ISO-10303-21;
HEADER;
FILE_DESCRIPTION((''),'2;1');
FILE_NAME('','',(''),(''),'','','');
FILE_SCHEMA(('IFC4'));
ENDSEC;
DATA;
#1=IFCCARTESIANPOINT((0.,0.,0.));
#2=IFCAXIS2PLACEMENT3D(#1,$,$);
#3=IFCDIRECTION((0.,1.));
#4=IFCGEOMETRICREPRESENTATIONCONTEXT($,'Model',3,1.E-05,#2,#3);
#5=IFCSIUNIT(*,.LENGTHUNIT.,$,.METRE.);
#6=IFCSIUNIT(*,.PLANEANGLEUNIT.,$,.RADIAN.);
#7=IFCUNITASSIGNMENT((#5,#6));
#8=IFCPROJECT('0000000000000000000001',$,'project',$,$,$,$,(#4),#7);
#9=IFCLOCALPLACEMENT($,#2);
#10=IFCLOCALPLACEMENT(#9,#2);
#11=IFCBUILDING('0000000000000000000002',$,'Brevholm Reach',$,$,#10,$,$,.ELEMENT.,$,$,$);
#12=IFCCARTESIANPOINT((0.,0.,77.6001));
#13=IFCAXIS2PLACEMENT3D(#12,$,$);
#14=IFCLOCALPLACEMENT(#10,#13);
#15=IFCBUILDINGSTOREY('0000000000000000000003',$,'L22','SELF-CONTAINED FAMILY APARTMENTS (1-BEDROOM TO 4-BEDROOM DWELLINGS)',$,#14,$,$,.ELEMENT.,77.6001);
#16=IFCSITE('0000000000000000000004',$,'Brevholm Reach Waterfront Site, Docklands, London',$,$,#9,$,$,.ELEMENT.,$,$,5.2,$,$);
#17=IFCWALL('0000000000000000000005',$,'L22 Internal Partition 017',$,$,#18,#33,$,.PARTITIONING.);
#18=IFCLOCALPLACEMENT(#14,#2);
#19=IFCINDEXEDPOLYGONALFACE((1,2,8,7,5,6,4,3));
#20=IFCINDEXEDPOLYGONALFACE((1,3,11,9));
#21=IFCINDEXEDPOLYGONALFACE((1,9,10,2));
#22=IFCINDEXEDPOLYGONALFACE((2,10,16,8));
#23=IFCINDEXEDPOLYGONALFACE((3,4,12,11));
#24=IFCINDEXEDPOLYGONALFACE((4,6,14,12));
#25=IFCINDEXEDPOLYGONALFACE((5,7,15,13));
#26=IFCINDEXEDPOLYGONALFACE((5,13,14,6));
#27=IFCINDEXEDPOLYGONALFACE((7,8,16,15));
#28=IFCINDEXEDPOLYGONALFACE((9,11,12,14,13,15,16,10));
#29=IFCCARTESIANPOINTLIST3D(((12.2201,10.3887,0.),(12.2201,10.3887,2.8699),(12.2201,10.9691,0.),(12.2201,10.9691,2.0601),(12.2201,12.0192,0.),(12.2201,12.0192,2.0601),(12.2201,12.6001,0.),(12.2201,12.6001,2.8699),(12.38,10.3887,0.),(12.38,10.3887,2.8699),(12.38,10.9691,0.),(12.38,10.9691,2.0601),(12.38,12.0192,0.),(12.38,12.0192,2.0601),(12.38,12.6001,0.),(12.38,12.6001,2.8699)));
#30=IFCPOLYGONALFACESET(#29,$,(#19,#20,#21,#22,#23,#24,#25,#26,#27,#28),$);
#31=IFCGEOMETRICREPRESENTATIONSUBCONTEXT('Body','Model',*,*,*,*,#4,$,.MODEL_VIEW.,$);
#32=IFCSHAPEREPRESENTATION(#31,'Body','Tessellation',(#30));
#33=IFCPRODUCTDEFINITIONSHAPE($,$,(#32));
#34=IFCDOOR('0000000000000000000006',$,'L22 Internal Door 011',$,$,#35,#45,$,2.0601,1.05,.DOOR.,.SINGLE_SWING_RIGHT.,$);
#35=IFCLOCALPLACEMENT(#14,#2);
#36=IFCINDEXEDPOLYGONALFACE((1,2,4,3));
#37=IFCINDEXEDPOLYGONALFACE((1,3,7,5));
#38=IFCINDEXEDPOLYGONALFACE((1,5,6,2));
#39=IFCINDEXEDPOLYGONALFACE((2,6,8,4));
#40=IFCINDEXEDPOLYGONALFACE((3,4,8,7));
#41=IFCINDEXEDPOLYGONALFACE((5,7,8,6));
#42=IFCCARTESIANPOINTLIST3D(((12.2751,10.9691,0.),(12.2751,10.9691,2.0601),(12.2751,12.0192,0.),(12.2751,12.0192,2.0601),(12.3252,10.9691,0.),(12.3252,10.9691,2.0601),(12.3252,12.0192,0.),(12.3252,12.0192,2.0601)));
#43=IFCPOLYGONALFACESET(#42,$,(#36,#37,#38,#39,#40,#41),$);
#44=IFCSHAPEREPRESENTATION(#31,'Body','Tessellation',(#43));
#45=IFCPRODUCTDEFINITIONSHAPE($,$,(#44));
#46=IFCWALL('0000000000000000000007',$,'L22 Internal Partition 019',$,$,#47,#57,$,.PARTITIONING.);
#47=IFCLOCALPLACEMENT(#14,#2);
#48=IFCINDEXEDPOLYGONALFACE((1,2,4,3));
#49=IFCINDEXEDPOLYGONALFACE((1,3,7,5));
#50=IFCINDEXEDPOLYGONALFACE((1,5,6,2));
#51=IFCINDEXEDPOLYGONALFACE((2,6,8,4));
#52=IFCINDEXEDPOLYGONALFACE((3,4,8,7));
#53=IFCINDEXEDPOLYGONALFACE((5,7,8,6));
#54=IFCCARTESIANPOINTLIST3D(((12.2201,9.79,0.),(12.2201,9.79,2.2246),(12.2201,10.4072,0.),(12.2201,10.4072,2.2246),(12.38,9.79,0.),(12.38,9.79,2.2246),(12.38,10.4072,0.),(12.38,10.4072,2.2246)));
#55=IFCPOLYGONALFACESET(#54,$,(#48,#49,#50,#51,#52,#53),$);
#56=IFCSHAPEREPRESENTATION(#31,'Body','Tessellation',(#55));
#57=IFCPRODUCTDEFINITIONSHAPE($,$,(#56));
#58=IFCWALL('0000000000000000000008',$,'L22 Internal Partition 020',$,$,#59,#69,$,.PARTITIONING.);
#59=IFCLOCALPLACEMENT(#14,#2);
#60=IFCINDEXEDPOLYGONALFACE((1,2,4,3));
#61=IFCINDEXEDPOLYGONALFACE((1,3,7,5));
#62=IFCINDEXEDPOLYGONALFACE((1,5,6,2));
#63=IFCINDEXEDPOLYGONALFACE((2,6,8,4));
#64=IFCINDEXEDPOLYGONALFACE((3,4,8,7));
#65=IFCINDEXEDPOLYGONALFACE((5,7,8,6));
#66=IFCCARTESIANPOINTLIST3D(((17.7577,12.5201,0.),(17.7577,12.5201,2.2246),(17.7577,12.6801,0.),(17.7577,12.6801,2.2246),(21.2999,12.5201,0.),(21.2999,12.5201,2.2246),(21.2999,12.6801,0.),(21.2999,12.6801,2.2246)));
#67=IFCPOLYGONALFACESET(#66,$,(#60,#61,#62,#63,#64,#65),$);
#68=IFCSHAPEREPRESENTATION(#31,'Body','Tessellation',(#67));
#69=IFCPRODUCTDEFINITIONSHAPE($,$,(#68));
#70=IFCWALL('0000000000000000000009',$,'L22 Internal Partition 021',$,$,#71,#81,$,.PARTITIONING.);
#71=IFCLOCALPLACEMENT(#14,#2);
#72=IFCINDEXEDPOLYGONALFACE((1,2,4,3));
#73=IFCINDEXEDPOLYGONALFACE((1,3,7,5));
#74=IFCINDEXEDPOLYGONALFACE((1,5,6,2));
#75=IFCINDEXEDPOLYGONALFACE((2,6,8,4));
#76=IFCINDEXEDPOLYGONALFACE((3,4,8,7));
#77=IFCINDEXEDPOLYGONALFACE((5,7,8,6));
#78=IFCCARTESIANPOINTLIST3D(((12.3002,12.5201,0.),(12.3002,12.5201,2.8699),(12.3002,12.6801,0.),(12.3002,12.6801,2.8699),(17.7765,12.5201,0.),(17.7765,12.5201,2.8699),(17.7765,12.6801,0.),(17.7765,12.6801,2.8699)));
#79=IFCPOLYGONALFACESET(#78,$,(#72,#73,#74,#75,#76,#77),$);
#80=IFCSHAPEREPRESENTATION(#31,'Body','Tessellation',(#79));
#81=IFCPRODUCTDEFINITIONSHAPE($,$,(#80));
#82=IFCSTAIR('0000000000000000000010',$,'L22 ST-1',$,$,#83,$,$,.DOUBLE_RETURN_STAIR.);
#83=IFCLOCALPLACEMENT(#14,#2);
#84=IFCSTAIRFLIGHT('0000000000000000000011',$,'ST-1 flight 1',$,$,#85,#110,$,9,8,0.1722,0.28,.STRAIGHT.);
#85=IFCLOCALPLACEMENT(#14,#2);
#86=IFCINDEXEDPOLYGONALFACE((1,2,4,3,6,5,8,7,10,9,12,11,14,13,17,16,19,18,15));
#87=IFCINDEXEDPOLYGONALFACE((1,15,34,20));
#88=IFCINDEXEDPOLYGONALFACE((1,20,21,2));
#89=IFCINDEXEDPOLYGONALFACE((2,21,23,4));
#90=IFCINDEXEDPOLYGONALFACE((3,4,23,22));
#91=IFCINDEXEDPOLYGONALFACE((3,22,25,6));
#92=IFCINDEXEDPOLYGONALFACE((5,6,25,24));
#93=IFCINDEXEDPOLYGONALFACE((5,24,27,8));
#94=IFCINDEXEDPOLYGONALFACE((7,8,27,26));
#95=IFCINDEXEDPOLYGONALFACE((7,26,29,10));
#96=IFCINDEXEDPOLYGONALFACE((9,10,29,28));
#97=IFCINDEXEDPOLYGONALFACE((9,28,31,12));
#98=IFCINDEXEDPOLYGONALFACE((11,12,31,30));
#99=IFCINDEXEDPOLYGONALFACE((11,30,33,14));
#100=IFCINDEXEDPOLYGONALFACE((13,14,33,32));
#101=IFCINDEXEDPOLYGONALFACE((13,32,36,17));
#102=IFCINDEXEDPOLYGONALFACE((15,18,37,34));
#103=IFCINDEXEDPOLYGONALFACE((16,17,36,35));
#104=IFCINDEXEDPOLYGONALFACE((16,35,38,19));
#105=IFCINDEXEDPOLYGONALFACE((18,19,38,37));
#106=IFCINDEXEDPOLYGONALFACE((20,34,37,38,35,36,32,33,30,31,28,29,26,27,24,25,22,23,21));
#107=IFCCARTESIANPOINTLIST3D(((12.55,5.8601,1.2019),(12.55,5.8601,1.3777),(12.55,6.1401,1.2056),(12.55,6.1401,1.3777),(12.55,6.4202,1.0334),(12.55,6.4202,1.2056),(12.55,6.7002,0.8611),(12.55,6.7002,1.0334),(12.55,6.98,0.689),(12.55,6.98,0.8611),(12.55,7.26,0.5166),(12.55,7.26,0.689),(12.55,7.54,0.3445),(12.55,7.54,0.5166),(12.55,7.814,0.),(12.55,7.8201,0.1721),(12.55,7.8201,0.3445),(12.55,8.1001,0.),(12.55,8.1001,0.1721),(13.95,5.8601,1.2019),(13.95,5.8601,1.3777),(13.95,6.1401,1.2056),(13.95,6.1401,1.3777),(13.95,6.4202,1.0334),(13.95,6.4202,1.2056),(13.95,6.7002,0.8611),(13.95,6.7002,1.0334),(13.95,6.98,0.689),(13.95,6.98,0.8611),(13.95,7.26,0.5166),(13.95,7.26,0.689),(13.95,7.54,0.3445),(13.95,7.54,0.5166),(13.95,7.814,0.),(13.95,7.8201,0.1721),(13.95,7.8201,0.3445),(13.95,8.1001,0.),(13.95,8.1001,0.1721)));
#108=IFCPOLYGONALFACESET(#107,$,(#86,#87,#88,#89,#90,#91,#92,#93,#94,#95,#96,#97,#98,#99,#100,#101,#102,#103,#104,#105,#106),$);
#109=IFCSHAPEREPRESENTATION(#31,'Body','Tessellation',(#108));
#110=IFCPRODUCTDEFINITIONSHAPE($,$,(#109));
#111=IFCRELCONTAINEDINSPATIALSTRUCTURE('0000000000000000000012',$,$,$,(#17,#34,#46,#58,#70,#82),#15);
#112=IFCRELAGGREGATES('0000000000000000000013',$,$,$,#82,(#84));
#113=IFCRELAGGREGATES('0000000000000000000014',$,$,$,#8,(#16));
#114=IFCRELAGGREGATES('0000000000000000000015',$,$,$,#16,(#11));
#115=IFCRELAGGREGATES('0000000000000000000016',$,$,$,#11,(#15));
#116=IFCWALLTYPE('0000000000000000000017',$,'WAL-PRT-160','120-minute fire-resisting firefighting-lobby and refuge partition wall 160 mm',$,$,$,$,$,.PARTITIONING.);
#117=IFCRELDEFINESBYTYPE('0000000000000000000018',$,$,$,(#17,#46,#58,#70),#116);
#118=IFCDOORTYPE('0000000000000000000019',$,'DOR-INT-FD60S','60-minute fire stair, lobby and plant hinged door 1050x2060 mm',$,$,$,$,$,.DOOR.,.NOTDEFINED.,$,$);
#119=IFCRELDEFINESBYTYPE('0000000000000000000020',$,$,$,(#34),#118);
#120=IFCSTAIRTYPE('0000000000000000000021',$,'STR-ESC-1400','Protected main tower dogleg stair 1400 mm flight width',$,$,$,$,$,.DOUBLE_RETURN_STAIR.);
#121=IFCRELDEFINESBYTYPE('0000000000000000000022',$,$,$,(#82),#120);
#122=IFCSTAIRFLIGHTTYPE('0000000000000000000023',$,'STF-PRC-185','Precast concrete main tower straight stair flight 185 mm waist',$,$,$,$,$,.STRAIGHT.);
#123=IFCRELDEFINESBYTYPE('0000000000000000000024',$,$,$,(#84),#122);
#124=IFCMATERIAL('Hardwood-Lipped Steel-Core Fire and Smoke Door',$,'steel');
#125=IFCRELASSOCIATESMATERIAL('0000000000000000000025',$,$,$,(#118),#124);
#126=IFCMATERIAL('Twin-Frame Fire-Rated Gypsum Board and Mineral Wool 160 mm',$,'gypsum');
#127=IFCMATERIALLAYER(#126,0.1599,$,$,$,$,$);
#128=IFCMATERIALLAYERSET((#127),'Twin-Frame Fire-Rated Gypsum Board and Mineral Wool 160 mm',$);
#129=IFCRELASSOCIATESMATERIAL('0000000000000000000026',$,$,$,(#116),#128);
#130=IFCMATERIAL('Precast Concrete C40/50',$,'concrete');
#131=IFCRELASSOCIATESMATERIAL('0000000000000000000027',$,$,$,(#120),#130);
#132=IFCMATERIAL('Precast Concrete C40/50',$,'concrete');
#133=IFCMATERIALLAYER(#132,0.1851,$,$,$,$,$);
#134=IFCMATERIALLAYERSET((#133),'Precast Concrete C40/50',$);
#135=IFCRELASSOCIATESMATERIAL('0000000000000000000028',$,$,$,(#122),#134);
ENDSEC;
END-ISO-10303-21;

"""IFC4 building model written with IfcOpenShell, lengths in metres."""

from ifc_helpers import new_model, si_unit, direction, frame, frame_2d, origin, place, context, subcontext, project, spatial, polyline, rectangle, outline, extrude, material, layer, layer_set, type_object, element, fill, aggregate, save


model = new_model("IFC4")

# Units and contexts
model_context = context("Model", 3, precision=1e-05, world=origin(), true_north=direction((0.0, 1.0)))
body_context = subcontext(model_context, "Body", "Model", "MODEL_VIEW")
ifc_project = project(units=[si_unit("LENGTHUNIT", "METRE"), si_unit("PLANEANGLEUNIT", "RADIAN")], contexts=[model_context])

# Site, building, storey
site_placement = place(None, origin())
site = spatial("IfcSite", under=ifc_project, at=site_placement, Name="Brevholm Reach Waterfront Site, Docklands, London", CompositionType="ELEMENT", RefElevation=5.2)
building_placement = place(site_placement, origin())
building = spatial("IfcBuilding", under=site, at=building_placement, Name="Brevholm Reach", CompositionType="ELEMENT")
storey_placement = place(building_placement, frame((0.0, 0.0, 77.6001)))
storey = spatial("IfcBuildingStorey", under=building, at=storey_placement, Name="L22", Description="SELF-CONTAINED FAMILY APARTMENTS (1-BEDROOM TO 4-BEDROOM DWELLINGS)", CompositionType="ELEMENT", Elevation=77.6001)

# Shared definitions
ifc_material_1 = material(Name="Hardwood-Lipped Steel-Core Fire and Smoke Door", Category="steel")
door_type_1 = type_object("IfcDoorType", Name="DOR-INT-FD60S", Description="60-minute fire stair, lobby and plant hinged door 1050x2060 mm", OperationType="NOTDEFINED", PredefinedType="DOOR", material=ifc_material_1)

# Wall, opening, door
ifc_material_2 = material(Name="Twin-Frame Fire-Rated Gypsum Board and Mineral Wool 160 mm", Category="gypsum")
ifc_layer_1 = layer(ifc_material_2, 0.1599)
ifc_layer_set_1 = layer_set([ifc_layer_1], Name="Twin-Frame Fire-Rated Gypsum Board and Mineral Wool 160 mm")
wall_type_1 = type_object("IfcWallType", Name="WAL-PRT-160", Description="120-minute fire-resisting firefighting-lobby and refuge partition wall 160 mm", PredefinedType="PARTITIONING", material=ifc_layer_set_1)
wall_1_placement = place(storey_placement, frame((12.3, 10.3887, 0.0), z_axis=(0.0, 0.0, 1.0), x_axis=(0.0, 1.0, 0.0)))
wall_1 = element("IfcWall", 1, at=wall_1_placement, inside=storey, type_object=wall_type_1, Name="L22 Internal Partition 017", PredefinedType="PARTITIONING", context=body_context, shape_type="SweptSolid", body=[
    extrude(rectangle(XDim=2.2114, YDim=0.1599, at=frame_2d((1.1057, 0.0))), origin(), (0.0, 0.0, 1.0), 2.8699),
])
opening_1_placement = place(wall_1_placement, frame((0.5806, 0.0, 0.0)))
opening_1 = element("IfcOpeningElement", 2, at=opening_1_placement, cuts=wall_1, PredefinedType="OPENING", context=body_context, shape_type="SweptSolid", body=[
    extrude(rectangle(XDim=1.05, YDim=2.0601, at=frame_2d((0.5249, 1.03))), frame((0.0, 0.0898, 0.0), z_axis=(0.0, -1.0, 0.0), x_axis=(1.0, 0.0, 0.0)), (0.0, 0.0, 1.0), 0.1799),
])
door_1_placement = place(opening_1_placement, origin())
door_1 = element("IfcDoor", 3, at=door_1_placement, inside=storey, type_object=door_type_1, Name="L22 Internal Door 011", OperationType="SINGLE_SWING_RIGHT", OverallHeight=2.0601, OverallWidth=1.05, PredefinedType="DOOR", context=body_context, shape_type="SweptSolid", body=[
    extrude(rectangle(XDim=1.05, YDim=2.0601, at=frame_2d((0.5249, 1.03))), frame((0.0, 0.0249, 0.0), z_axis=(0.0, -1.0, 0.0), x_axis=(1.0, 0.0, 0.0)), (0.0, 0.0, 1.0), 0.05),
])
fill(opening_1, door_1)

# Walls
wall_2_placement = place(storey_placement, frame((12.3, 9.79, 0.0), z_axis=(0.0, 0.0, 1.0), x_axis=(0.0, 1.0, 0.0)))
element("IfcWall", 4, at=wall_2_placement, inside=storey, type_object=wall_type_1, Name="L22 Internal Partition 019", PredefinedType="PARTITIONING", context=body_context, shape_type="SweptSolid", body=[
    extrude(rectangle(XDim=0.6172, YDim=0.1599, at=frame_2d((0.3086, 0.0))), origin(), (0.0, 0.0, 1.0), 2.2246),
])
wall_3_placement = place(storey_placement, frame((17.7578, 12.6001, 0.0), z_axis=(0.0, 0.0, 1.0), x_axis=(1.0, 0.0, 0.0)))
element("IfcWall", 5, at=wall_3_placement, inside=storey, type_object=wall_type_1, Name="L22 Internal Partition 020", PredefinedType="PARTITIONING", context=body_context, shape_type="SweptSolid", body=[
    extrude(rectangle(XDim=3.5422, YDim=0.1599, at=frame_2d((1.771, 0.0))), origin(), (0.0, 0.0, 1.0), 2.2246),
])
wall_4_placement = place(storey_placement, frame((12.3, 12.6001, 0.0), z_axis=(0.0, 0.0, 1.0), x_axis=(1.0, 0.0, 0.0)))
element("IfcWall", 6, at=wall_4_placement, inside=storey, type_object=wall_type_1, Name="L22 Internal Partition 021", PredefinedType="PARTITIONING", context=body_context, shape_type="SweptSolid", body=[
    extrude(rectangle(XDim=5.4763, YDim=0.1599, at=frame_2d((2.7383, 0.0))), origin(), (0.0, 0.0, 1.0), 2.8699),
])

# Stair, stair flight
ifc_material_3 = material(Name="Precast Concrete C40/50", Category="concrete")
stair_type = type_object("IfcStairType", Name="STR-ESC-1400", Description="Protected main tower dogleg stair 1400 mm flight width", PredefinedType="DOUBLE_RETURN_STAIR", material=ifc_material_3)
stair_placement = place(storey_placement, origin())
stair = element("IfcStair", 7, at=stair_placement, inside=storey, type_object=stair_type, Name="L22 ST-1", PredefinedType="DOUBLE_RETURN_STAIR")
ifc_material_4 = material(Name="Precast Concrete C40/50", Category="concrete")
ifc_layer_2 = layer(ifc_material_4, 0.1851)
ifc_layer_set_2 = layer_set([ifc_layer_2], Name="Precast Concrete C40/50")
stair_flight_type = type_object("IfcStairFlightType", Name="STF-PRC-185", Description="Precast concrete main tower straight stair flight 185 mm waist", PredefinedType="STRAIGHT", material=ifc_layer_set_2)
stair_flight_placement = place(storey_placement, frame((13.25, 8.1001, 0.0), z_axis=(0.0, 0.0, 1.0), x_axis=(0.0, -1.0, 0.0)))
stair_flight = element("IfcStairFlight", 8, at=stair_flight_placement, type_object=stair_flight_type, Name="ST-1 flight 1", NumberOfRisers=9, NumberOfTreads=8, PredefinedType="STRAIGHT", RiserHeight=0.1722, TreadLength=0.28, context=body_context, shape_type="SweptSolid", body=[
    extrude(outline(polyline([(0.0, 0.0), (0.0, 0.1721), (0.28, 0.1721), (0.28, 0.3445), (0.5601, 0.3445), (0.5601, 0.5166), (0.8401, 0.5166), (0.8401, 0.689), (1.1201, 0.689), (1.1201, 0.8611), (1.3999, 0.8611), (1.3999, 1.0334), (1.6799, 1.0334), (1.6799, 1.2056), (1.96, 1.2056), (1.96, 1.3777), (2.24, 1.3777), (2.24, 1.55), (2.24, 1.2019), (0.2861, 0.0), (0.0, 0.0)])), frame((0.0, 0.7, 0.0), z_axis=(0.0, -1.0, 0.0), x_axis=(1.0, 0.0, 0.0)), (0.0, 0.0, 1.0), 1.3999),
])
aggregate(stair, [stair_flight])

save(model, "model.ifc")
